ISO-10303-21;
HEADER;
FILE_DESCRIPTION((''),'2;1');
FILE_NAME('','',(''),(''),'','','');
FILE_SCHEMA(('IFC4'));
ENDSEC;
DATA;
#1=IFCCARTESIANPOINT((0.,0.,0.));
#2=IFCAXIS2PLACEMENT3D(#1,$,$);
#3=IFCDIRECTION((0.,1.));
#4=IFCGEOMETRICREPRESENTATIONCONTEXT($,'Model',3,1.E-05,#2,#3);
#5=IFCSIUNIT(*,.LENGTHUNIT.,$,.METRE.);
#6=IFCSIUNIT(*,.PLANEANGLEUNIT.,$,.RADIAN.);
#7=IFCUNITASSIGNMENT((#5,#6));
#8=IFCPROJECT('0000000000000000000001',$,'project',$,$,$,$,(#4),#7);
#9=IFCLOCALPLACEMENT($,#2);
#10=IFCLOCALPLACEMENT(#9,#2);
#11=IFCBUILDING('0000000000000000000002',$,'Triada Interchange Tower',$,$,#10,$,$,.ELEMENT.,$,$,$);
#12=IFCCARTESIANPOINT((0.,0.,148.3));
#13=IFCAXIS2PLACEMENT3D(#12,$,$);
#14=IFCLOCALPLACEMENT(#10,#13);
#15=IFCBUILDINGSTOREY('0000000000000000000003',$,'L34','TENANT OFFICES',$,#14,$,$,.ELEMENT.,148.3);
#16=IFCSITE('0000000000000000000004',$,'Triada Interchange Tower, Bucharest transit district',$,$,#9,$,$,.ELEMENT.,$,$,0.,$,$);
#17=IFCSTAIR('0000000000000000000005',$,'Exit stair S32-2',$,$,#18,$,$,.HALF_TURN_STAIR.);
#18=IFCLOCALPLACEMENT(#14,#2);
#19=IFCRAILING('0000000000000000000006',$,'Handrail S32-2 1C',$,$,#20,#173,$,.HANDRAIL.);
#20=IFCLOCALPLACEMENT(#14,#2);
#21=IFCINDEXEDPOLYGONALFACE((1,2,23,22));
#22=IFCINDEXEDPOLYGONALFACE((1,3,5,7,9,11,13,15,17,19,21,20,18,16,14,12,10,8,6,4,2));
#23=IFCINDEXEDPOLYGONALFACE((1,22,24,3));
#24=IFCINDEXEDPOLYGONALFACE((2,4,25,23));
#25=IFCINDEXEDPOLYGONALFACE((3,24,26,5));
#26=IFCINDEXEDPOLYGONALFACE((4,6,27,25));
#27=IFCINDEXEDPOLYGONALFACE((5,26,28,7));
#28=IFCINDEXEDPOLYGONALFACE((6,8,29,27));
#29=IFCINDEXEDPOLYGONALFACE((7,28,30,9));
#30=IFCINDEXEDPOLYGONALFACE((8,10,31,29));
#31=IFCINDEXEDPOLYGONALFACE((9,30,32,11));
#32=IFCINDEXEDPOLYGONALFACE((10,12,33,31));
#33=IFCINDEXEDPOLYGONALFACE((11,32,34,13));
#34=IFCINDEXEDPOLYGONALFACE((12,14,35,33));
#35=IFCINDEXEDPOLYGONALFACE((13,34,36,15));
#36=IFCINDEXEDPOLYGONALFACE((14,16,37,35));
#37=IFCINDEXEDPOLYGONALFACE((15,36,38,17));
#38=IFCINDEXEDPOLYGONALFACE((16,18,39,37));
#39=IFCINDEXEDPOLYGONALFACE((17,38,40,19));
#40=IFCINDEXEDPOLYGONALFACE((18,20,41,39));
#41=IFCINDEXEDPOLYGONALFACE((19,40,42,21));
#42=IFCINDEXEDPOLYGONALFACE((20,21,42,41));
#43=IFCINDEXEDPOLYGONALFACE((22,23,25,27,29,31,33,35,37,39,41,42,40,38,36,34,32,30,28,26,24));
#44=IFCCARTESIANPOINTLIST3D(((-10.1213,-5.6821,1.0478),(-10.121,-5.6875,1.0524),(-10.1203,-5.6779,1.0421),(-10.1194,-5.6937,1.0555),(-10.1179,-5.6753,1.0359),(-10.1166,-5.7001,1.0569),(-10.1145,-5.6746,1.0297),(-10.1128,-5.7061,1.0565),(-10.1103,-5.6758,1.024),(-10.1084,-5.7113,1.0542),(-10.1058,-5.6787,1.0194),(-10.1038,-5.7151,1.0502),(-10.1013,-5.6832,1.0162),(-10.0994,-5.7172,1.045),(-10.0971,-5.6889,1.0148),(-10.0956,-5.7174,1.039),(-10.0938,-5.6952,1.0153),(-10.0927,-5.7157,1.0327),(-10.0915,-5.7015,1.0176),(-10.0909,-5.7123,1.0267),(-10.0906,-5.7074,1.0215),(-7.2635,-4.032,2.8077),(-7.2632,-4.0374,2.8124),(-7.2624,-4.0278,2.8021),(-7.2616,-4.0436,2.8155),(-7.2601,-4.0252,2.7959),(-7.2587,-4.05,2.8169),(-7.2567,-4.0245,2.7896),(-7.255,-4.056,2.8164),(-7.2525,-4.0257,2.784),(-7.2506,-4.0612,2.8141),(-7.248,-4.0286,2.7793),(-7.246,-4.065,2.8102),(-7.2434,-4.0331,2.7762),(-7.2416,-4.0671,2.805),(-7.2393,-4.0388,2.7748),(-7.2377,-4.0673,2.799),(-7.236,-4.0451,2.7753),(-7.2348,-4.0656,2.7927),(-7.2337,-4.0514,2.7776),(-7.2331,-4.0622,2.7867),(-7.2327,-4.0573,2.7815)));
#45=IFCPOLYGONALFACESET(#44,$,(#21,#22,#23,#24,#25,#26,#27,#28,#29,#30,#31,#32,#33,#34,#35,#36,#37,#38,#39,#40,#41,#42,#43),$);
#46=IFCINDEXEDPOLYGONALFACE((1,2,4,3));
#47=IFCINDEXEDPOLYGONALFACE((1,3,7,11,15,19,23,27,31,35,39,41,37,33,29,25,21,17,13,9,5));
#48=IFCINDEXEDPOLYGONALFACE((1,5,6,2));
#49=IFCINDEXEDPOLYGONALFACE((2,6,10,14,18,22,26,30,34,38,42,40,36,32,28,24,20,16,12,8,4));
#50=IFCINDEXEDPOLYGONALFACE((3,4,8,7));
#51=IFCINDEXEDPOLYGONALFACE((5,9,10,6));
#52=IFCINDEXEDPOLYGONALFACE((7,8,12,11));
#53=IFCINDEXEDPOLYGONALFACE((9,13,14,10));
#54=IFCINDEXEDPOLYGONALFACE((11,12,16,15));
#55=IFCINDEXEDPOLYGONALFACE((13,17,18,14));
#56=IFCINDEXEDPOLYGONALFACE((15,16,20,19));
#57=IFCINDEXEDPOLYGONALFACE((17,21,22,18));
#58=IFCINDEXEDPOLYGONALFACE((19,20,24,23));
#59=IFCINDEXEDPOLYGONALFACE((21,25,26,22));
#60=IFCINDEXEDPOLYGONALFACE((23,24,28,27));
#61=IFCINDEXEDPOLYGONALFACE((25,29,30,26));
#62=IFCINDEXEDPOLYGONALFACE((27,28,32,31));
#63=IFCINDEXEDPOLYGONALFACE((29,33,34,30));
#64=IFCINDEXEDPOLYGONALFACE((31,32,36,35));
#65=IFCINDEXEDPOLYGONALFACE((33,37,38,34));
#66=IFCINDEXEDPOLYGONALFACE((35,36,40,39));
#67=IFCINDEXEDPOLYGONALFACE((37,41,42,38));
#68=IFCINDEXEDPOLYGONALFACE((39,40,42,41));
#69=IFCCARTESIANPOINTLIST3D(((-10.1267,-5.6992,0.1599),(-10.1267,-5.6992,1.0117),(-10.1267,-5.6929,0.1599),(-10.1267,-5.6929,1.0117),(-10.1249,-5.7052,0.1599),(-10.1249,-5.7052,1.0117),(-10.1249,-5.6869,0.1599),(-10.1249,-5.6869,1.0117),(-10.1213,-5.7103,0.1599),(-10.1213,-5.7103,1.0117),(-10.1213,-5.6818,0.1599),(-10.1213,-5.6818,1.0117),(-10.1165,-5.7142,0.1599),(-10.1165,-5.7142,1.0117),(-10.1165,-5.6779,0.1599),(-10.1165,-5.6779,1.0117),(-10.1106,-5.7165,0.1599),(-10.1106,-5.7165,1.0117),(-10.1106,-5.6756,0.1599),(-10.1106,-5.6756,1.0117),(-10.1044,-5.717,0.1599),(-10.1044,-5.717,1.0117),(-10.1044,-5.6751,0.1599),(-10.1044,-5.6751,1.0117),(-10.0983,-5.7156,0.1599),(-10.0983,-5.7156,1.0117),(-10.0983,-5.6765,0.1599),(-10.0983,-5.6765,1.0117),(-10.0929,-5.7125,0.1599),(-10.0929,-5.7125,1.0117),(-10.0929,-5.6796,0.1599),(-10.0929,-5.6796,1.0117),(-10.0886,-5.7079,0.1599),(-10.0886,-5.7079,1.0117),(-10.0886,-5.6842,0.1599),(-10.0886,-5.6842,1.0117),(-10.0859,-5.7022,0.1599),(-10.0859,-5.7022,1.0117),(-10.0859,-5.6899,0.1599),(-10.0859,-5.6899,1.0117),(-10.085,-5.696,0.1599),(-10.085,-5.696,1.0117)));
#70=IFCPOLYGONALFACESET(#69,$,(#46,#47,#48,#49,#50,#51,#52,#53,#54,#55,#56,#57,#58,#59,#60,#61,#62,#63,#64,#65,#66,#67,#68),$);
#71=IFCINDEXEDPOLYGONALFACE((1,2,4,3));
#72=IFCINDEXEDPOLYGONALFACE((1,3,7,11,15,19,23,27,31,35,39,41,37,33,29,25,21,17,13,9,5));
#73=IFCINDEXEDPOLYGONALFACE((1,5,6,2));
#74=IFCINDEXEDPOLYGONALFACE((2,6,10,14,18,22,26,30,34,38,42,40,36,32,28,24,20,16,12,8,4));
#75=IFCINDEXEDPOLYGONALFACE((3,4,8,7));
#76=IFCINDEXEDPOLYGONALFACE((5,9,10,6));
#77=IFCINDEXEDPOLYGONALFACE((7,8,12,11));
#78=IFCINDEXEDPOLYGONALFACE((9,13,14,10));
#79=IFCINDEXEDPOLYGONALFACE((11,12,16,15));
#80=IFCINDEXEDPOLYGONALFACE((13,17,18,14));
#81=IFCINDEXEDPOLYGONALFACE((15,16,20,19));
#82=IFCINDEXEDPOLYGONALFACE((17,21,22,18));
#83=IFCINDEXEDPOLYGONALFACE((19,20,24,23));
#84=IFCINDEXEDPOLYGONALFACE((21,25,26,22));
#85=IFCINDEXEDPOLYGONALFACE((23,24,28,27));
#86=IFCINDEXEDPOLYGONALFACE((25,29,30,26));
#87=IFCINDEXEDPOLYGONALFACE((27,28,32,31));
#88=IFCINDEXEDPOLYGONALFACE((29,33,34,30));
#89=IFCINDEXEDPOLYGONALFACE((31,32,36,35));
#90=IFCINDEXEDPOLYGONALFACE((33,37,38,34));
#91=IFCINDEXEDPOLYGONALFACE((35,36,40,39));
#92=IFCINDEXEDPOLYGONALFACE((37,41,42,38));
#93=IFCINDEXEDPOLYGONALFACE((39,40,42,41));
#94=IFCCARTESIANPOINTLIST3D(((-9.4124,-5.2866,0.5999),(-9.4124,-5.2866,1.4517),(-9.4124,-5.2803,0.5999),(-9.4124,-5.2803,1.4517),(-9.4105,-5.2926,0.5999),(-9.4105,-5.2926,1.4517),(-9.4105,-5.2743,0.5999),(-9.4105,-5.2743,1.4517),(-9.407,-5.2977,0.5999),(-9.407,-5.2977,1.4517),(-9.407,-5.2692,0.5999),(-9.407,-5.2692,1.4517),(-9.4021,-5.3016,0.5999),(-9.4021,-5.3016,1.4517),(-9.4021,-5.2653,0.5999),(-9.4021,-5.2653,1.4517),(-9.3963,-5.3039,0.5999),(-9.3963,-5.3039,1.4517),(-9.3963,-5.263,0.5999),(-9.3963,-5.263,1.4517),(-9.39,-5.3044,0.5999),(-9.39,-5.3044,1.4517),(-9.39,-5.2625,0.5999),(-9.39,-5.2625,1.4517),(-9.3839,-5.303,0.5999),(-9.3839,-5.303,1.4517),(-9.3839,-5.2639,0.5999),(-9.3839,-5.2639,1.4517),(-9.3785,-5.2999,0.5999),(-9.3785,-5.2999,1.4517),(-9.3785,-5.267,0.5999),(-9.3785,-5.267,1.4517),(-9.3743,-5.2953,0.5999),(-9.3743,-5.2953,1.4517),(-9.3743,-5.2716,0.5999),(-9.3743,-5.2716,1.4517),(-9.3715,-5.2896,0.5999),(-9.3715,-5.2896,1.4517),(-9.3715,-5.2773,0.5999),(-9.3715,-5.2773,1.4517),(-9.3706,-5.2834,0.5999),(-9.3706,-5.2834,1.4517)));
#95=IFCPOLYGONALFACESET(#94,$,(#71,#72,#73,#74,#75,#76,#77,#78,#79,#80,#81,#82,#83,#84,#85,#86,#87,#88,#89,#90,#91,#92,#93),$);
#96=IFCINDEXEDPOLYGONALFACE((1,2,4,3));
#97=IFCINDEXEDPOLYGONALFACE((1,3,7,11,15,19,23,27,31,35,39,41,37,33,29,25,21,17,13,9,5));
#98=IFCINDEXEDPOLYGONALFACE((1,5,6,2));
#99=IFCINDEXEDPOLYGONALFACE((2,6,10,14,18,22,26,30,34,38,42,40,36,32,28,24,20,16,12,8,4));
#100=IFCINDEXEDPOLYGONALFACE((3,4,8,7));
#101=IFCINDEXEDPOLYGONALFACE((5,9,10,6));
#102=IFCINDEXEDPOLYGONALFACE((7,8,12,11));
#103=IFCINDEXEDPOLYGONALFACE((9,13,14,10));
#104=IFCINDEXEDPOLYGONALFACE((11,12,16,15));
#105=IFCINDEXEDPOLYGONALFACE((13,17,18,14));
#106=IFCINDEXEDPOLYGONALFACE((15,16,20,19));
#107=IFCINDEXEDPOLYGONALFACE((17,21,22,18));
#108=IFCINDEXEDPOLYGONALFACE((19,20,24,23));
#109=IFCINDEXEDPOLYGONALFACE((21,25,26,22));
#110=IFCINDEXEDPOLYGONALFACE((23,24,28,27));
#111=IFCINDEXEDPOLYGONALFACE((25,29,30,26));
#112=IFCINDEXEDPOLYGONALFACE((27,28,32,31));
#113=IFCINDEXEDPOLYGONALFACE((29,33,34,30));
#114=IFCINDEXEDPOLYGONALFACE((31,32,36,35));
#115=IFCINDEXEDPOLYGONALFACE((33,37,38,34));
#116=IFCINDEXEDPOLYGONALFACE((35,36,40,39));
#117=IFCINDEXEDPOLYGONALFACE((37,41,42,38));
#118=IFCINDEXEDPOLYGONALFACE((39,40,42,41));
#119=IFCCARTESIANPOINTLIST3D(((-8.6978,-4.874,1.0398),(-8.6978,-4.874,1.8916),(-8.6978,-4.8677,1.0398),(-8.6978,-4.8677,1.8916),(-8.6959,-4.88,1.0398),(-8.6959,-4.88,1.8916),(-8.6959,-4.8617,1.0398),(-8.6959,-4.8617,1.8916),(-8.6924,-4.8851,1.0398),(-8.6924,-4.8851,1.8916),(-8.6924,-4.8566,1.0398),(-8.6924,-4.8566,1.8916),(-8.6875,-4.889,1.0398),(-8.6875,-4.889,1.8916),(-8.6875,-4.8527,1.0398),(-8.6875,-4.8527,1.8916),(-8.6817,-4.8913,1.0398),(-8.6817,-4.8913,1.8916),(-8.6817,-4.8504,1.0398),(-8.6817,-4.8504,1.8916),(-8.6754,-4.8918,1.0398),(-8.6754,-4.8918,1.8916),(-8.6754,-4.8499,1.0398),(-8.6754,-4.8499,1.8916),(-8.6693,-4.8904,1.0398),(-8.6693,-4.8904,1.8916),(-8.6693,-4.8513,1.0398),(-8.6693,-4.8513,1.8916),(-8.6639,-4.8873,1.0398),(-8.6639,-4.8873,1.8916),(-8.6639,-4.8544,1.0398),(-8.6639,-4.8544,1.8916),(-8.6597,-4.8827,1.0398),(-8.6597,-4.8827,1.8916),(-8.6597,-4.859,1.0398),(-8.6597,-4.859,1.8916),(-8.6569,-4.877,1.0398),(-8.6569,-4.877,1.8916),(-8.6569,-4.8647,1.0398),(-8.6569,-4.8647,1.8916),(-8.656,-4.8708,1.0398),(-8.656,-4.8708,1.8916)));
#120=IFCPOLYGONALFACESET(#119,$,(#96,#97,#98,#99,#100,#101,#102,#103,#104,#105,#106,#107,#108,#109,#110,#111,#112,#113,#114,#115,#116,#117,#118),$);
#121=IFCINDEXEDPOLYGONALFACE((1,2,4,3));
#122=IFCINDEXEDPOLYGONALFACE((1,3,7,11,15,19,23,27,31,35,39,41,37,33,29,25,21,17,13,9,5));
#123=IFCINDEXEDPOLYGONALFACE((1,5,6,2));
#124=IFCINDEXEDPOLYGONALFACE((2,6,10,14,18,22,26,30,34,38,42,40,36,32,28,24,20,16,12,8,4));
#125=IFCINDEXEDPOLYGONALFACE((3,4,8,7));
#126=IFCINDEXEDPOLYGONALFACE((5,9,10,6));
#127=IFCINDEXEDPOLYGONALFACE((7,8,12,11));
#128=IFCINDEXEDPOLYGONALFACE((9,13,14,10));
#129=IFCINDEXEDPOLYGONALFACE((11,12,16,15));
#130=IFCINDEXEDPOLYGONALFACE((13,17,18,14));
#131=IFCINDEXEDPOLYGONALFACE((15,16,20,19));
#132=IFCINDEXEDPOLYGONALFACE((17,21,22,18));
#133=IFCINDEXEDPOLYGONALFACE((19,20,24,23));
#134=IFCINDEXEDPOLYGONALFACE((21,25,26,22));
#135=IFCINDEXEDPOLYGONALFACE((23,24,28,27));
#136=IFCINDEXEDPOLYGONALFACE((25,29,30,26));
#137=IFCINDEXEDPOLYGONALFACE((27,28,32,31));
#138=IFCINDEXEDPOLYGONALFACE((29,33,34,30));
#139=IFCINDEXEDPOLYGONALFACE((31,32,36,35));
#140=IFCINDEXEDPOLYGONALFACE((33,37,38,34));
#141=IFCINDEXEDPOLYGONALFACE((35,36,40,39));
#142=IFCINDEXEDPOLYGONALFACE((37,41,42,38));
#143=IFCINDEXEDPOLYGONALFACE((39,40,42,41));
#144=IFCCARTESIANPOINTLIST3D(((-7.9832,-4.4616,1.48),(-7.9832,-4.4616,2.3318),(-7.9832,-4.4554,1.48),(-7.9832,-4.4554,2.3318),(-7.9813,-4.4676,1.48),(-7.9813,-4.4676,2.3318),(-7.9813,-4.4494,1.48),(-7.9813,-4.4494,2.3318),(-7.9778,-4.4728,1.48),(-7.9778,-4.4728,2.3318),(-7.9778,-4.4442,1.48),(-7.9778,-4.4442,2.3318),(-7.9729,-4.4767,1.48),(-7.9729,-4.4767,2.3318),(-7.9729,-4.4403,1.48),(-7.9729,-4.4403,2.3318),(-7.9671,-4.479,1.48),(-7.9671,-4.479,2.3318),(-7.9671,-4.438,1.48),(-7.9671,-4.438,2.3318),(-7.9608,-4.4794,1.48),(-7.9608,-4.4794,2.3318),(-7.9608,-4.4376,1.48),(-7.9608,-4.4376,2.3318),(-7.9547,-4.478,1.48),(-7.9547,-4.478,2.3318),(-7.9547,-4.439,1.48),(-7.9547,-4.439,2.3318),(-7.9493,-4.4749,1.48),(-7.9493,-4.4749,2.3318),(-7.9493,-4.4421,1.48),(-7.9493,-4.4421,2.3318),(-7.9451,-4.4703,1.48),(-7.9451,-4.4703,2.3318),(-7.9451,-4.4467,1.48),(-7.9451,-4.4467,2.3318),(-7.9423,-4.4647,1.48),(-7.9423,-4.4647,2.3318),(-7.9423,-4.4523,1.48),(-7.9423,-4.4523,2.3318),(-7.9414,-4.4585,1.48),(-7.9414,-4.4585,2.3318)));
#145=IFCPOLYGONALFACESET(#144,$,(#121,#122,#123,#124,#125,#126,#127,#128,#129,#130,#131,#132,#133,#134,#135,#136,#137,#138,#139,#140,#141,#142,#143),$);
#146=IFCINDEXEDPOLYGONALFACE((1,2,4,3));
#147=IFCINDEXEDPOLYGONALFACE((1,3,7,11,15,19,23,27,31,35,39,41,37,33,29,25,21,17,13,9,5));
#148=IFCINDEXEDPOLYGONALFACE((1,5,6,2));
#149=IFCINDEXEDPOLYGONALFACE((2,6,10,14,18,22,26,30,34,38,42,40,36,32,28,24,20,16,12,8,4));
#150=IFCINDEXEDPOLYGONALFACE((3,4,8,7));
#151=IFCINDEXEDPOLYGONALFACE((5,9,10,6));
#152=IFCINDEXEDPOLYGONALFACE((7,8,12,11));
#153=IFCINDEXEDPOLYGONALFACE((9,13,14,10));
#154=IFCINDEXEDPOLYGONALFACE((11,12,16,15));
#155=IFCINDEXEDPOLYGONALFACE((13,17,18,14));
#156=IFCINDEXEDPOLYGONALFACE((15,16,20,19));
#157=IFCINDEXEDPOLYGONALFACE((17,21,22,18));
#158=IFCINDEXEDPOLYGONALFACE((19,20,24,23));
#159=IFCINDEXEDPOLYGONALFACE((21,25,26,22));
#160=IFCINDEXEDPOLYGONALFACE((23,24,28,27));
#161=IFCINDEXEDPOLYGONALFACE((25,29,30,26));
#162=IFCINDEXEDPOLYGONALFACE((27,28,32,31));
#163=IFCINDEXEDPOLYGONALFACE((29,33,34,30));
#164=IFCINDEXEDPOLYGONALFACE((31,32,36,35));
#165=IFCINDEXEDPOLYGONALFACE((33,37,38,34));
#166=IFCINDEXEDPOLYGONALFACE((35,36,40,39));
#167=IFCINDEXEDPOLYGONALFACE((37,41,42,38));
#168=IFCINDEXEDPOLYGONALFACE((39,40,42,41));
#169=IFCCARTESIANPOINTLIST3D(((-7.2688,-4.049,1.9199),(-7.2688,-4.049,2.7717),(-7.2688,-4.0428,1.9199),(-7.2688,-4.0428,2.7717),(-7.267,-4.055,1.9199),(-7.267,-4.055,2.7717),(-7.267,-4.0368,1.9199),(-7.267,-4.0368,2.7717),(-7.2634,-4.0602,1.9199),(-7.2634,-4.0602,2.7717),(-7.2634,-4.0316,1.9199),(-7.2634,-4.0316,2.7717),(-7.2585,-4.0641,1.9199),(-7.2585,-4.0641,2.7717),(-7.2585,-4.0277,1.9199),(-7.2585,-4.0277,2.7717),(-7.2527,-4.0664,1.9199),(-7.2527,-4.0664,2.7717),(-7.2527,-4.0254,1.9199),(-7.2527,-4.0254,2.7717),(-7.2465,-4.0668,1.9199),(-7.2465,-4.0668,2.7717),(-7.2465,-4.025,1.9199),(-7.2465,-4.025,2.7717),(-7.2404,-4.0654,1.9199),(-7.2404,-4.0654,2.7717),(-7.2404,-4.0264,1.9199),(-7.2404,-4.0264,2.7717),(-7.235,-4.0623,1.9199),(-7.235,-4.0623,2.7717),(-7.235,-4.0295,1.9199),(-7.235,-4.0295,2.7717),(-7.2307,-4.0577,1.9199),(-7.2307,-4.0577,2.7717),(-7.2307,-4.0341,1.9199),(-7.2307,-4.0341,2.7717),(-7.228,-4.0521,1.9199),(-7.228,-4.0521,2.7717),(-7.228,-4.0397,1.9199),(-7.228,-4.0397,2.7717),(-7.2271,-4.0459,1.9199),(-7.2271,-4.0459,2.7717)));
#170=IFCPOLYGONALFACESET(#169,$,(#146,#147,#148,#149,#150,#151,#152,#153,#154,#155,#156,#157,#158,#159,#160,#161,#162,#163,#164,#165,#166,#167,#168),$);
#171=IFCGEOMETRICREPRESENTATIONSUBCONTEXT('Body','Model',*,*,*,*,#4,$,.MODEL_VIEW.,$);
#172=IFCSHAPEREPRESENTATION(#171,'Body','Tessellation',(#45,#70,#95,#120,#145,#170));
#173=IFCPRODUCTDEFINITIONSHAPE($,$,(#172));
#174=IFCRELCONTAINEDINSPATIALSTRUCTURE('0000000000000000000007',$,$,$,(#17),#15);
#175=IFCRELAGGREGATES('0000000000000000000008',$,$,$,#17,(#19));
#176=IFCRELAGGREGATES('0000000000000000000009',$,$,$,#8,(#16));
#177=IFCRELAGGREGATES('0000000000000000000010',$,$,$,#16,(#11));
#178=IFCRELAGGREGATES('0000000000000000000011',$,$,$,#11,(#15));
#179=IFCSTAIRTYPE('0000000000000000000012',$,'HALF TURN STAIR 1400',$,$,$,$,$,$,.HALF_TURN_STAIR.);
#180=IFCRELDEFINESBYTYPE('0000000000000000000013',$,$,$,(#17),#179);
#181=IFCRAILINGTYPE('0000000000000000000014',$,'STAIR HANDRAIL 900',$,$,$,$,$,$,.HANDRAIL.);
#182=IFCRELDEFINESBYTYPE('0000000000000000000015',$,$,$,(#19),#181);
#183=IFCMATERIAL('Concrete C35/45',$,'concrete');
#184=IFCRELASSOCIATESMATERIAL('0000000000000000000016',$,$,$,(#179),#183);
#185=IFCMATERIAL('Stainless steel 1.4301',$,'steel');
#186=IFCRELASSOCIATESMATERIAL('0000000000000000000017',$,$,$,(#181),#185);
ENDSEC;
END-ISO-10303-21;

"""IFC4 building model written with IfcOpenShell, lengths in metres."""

from ifc_helpers import new_model, si_unit, direction, frame, origin, origin_2d, place, context, subcontext, project, spatial, circle, extrude, material, type_object, element, aggregate, save


model = new_model("IFC4")

# Units and contexts
model_context = context("Model", 3, precision=1e-05, world=origin(), true_north=direction((0.0, 1.0)))
body_context = subcontext(model_context, "Body", "Model", "MODEL_VIEW")
ifc_project = project(units=[si_unit("LENGTHUNIT", "METRE"), si_unit("PLANEANGLEUNIT", "RADIAN")], contexts=[model_context])

# Site, building, storey
site_placement = place(None, origin())
site = spatial("IfcSite", under=ifc_project, at=site_placement, Name="Triada Interchange Tower, Bucharest transit district", CompositionType="ELEMENT", RefElevation=0.0)
building_placement = place(site_placement, origin())
building = spatial("IfcBuilding", under=site, at=building_placement, Name="Triada Interchange Tower", CompositionType="ELEMENT")
storey_placement = place(building_placement, frame((0.0, 0.0, 148.3)))
storey = spatial("IfcBuildingStorey", under=building, at=storey_placement, Name="L34", Description="TENANT OFFICES", CompositionType="ELEMENT", Elevation=148.3)

# Stair, railing
ifc_material_1 = material(Name="Concrete C35/45", Category="concrete")
stair_type = type_object("IfcStairType", Name="HALF TURN STAIR 1400", PredefinedType="HALF_TURN_STAIR", material=ifc_material_1)
stair_placement = place(storey_placement, origin())
stair = element("IfcStair", 1, at=stair_placement, inside=storey, type_object=stair_type, Name="Exit stair S32-2", PredefinedType="HALF_TURN_STAIR")
ifc_material_2 = material(Name="Stainless steel 1.4301", Category="steel")
railing_type = type_object("IfcRailingType", Name="STAIR HANDRAIL 900", PredefinedType="HANDRAIL", material=ifc_material_2)
railing_1_placement = place(storey_placement, frame((-10.106, -5.696, 0.1599)))
railing_1 = element("IfcRailing", 2, at=railing_1_placement, type_object=railing_type, Name="Handrail S32-2 1C", PredefinedType="HANDRAIL", context=body_context, shape_type="SweptSolid", body=[
    extrude(circle(Radius=0.0239, at=origin_2d()), frame((0.0, 0.0, 0.876), z_axis=(0.764129, 0.441205, 0.47058), x_axis=(-0.50003, 0.866008, 0.0)), (0.0, 0.0, 1.0), 3.74),
    extrude(circle(Radius=0.021, at=origin_2d()), origin(), (0.0, 0.0, 1.0), 0.8518),
    extrude(circle(Radius=0.021, at=origin_2d()), frame((0.7144, 0.4126, 0.4399)), (0.0, 0.0, 1.0), 0.8518),
    extrude(circle(Radius=0.021, at=origin_2d()), frame((1.429, 0.8252, 0.8799)), (0.0, 0.0, 1.0), 0.8518),
    extrude(circle(Radius=0.021, at=origin_2d()), frame((2.1436, 1.2375, 1.3201)), (0.0, 0.0, 1.0), 0.8518),
    extrude(circle(Radius=0.021, at=origin_2d()), frame((2.8579, 1.6501, 1.76)), (0.0, 0.0, 1.0), 0.8518),
])
aggregate(stair, [railing_1])

save(model, "model.ifc")
